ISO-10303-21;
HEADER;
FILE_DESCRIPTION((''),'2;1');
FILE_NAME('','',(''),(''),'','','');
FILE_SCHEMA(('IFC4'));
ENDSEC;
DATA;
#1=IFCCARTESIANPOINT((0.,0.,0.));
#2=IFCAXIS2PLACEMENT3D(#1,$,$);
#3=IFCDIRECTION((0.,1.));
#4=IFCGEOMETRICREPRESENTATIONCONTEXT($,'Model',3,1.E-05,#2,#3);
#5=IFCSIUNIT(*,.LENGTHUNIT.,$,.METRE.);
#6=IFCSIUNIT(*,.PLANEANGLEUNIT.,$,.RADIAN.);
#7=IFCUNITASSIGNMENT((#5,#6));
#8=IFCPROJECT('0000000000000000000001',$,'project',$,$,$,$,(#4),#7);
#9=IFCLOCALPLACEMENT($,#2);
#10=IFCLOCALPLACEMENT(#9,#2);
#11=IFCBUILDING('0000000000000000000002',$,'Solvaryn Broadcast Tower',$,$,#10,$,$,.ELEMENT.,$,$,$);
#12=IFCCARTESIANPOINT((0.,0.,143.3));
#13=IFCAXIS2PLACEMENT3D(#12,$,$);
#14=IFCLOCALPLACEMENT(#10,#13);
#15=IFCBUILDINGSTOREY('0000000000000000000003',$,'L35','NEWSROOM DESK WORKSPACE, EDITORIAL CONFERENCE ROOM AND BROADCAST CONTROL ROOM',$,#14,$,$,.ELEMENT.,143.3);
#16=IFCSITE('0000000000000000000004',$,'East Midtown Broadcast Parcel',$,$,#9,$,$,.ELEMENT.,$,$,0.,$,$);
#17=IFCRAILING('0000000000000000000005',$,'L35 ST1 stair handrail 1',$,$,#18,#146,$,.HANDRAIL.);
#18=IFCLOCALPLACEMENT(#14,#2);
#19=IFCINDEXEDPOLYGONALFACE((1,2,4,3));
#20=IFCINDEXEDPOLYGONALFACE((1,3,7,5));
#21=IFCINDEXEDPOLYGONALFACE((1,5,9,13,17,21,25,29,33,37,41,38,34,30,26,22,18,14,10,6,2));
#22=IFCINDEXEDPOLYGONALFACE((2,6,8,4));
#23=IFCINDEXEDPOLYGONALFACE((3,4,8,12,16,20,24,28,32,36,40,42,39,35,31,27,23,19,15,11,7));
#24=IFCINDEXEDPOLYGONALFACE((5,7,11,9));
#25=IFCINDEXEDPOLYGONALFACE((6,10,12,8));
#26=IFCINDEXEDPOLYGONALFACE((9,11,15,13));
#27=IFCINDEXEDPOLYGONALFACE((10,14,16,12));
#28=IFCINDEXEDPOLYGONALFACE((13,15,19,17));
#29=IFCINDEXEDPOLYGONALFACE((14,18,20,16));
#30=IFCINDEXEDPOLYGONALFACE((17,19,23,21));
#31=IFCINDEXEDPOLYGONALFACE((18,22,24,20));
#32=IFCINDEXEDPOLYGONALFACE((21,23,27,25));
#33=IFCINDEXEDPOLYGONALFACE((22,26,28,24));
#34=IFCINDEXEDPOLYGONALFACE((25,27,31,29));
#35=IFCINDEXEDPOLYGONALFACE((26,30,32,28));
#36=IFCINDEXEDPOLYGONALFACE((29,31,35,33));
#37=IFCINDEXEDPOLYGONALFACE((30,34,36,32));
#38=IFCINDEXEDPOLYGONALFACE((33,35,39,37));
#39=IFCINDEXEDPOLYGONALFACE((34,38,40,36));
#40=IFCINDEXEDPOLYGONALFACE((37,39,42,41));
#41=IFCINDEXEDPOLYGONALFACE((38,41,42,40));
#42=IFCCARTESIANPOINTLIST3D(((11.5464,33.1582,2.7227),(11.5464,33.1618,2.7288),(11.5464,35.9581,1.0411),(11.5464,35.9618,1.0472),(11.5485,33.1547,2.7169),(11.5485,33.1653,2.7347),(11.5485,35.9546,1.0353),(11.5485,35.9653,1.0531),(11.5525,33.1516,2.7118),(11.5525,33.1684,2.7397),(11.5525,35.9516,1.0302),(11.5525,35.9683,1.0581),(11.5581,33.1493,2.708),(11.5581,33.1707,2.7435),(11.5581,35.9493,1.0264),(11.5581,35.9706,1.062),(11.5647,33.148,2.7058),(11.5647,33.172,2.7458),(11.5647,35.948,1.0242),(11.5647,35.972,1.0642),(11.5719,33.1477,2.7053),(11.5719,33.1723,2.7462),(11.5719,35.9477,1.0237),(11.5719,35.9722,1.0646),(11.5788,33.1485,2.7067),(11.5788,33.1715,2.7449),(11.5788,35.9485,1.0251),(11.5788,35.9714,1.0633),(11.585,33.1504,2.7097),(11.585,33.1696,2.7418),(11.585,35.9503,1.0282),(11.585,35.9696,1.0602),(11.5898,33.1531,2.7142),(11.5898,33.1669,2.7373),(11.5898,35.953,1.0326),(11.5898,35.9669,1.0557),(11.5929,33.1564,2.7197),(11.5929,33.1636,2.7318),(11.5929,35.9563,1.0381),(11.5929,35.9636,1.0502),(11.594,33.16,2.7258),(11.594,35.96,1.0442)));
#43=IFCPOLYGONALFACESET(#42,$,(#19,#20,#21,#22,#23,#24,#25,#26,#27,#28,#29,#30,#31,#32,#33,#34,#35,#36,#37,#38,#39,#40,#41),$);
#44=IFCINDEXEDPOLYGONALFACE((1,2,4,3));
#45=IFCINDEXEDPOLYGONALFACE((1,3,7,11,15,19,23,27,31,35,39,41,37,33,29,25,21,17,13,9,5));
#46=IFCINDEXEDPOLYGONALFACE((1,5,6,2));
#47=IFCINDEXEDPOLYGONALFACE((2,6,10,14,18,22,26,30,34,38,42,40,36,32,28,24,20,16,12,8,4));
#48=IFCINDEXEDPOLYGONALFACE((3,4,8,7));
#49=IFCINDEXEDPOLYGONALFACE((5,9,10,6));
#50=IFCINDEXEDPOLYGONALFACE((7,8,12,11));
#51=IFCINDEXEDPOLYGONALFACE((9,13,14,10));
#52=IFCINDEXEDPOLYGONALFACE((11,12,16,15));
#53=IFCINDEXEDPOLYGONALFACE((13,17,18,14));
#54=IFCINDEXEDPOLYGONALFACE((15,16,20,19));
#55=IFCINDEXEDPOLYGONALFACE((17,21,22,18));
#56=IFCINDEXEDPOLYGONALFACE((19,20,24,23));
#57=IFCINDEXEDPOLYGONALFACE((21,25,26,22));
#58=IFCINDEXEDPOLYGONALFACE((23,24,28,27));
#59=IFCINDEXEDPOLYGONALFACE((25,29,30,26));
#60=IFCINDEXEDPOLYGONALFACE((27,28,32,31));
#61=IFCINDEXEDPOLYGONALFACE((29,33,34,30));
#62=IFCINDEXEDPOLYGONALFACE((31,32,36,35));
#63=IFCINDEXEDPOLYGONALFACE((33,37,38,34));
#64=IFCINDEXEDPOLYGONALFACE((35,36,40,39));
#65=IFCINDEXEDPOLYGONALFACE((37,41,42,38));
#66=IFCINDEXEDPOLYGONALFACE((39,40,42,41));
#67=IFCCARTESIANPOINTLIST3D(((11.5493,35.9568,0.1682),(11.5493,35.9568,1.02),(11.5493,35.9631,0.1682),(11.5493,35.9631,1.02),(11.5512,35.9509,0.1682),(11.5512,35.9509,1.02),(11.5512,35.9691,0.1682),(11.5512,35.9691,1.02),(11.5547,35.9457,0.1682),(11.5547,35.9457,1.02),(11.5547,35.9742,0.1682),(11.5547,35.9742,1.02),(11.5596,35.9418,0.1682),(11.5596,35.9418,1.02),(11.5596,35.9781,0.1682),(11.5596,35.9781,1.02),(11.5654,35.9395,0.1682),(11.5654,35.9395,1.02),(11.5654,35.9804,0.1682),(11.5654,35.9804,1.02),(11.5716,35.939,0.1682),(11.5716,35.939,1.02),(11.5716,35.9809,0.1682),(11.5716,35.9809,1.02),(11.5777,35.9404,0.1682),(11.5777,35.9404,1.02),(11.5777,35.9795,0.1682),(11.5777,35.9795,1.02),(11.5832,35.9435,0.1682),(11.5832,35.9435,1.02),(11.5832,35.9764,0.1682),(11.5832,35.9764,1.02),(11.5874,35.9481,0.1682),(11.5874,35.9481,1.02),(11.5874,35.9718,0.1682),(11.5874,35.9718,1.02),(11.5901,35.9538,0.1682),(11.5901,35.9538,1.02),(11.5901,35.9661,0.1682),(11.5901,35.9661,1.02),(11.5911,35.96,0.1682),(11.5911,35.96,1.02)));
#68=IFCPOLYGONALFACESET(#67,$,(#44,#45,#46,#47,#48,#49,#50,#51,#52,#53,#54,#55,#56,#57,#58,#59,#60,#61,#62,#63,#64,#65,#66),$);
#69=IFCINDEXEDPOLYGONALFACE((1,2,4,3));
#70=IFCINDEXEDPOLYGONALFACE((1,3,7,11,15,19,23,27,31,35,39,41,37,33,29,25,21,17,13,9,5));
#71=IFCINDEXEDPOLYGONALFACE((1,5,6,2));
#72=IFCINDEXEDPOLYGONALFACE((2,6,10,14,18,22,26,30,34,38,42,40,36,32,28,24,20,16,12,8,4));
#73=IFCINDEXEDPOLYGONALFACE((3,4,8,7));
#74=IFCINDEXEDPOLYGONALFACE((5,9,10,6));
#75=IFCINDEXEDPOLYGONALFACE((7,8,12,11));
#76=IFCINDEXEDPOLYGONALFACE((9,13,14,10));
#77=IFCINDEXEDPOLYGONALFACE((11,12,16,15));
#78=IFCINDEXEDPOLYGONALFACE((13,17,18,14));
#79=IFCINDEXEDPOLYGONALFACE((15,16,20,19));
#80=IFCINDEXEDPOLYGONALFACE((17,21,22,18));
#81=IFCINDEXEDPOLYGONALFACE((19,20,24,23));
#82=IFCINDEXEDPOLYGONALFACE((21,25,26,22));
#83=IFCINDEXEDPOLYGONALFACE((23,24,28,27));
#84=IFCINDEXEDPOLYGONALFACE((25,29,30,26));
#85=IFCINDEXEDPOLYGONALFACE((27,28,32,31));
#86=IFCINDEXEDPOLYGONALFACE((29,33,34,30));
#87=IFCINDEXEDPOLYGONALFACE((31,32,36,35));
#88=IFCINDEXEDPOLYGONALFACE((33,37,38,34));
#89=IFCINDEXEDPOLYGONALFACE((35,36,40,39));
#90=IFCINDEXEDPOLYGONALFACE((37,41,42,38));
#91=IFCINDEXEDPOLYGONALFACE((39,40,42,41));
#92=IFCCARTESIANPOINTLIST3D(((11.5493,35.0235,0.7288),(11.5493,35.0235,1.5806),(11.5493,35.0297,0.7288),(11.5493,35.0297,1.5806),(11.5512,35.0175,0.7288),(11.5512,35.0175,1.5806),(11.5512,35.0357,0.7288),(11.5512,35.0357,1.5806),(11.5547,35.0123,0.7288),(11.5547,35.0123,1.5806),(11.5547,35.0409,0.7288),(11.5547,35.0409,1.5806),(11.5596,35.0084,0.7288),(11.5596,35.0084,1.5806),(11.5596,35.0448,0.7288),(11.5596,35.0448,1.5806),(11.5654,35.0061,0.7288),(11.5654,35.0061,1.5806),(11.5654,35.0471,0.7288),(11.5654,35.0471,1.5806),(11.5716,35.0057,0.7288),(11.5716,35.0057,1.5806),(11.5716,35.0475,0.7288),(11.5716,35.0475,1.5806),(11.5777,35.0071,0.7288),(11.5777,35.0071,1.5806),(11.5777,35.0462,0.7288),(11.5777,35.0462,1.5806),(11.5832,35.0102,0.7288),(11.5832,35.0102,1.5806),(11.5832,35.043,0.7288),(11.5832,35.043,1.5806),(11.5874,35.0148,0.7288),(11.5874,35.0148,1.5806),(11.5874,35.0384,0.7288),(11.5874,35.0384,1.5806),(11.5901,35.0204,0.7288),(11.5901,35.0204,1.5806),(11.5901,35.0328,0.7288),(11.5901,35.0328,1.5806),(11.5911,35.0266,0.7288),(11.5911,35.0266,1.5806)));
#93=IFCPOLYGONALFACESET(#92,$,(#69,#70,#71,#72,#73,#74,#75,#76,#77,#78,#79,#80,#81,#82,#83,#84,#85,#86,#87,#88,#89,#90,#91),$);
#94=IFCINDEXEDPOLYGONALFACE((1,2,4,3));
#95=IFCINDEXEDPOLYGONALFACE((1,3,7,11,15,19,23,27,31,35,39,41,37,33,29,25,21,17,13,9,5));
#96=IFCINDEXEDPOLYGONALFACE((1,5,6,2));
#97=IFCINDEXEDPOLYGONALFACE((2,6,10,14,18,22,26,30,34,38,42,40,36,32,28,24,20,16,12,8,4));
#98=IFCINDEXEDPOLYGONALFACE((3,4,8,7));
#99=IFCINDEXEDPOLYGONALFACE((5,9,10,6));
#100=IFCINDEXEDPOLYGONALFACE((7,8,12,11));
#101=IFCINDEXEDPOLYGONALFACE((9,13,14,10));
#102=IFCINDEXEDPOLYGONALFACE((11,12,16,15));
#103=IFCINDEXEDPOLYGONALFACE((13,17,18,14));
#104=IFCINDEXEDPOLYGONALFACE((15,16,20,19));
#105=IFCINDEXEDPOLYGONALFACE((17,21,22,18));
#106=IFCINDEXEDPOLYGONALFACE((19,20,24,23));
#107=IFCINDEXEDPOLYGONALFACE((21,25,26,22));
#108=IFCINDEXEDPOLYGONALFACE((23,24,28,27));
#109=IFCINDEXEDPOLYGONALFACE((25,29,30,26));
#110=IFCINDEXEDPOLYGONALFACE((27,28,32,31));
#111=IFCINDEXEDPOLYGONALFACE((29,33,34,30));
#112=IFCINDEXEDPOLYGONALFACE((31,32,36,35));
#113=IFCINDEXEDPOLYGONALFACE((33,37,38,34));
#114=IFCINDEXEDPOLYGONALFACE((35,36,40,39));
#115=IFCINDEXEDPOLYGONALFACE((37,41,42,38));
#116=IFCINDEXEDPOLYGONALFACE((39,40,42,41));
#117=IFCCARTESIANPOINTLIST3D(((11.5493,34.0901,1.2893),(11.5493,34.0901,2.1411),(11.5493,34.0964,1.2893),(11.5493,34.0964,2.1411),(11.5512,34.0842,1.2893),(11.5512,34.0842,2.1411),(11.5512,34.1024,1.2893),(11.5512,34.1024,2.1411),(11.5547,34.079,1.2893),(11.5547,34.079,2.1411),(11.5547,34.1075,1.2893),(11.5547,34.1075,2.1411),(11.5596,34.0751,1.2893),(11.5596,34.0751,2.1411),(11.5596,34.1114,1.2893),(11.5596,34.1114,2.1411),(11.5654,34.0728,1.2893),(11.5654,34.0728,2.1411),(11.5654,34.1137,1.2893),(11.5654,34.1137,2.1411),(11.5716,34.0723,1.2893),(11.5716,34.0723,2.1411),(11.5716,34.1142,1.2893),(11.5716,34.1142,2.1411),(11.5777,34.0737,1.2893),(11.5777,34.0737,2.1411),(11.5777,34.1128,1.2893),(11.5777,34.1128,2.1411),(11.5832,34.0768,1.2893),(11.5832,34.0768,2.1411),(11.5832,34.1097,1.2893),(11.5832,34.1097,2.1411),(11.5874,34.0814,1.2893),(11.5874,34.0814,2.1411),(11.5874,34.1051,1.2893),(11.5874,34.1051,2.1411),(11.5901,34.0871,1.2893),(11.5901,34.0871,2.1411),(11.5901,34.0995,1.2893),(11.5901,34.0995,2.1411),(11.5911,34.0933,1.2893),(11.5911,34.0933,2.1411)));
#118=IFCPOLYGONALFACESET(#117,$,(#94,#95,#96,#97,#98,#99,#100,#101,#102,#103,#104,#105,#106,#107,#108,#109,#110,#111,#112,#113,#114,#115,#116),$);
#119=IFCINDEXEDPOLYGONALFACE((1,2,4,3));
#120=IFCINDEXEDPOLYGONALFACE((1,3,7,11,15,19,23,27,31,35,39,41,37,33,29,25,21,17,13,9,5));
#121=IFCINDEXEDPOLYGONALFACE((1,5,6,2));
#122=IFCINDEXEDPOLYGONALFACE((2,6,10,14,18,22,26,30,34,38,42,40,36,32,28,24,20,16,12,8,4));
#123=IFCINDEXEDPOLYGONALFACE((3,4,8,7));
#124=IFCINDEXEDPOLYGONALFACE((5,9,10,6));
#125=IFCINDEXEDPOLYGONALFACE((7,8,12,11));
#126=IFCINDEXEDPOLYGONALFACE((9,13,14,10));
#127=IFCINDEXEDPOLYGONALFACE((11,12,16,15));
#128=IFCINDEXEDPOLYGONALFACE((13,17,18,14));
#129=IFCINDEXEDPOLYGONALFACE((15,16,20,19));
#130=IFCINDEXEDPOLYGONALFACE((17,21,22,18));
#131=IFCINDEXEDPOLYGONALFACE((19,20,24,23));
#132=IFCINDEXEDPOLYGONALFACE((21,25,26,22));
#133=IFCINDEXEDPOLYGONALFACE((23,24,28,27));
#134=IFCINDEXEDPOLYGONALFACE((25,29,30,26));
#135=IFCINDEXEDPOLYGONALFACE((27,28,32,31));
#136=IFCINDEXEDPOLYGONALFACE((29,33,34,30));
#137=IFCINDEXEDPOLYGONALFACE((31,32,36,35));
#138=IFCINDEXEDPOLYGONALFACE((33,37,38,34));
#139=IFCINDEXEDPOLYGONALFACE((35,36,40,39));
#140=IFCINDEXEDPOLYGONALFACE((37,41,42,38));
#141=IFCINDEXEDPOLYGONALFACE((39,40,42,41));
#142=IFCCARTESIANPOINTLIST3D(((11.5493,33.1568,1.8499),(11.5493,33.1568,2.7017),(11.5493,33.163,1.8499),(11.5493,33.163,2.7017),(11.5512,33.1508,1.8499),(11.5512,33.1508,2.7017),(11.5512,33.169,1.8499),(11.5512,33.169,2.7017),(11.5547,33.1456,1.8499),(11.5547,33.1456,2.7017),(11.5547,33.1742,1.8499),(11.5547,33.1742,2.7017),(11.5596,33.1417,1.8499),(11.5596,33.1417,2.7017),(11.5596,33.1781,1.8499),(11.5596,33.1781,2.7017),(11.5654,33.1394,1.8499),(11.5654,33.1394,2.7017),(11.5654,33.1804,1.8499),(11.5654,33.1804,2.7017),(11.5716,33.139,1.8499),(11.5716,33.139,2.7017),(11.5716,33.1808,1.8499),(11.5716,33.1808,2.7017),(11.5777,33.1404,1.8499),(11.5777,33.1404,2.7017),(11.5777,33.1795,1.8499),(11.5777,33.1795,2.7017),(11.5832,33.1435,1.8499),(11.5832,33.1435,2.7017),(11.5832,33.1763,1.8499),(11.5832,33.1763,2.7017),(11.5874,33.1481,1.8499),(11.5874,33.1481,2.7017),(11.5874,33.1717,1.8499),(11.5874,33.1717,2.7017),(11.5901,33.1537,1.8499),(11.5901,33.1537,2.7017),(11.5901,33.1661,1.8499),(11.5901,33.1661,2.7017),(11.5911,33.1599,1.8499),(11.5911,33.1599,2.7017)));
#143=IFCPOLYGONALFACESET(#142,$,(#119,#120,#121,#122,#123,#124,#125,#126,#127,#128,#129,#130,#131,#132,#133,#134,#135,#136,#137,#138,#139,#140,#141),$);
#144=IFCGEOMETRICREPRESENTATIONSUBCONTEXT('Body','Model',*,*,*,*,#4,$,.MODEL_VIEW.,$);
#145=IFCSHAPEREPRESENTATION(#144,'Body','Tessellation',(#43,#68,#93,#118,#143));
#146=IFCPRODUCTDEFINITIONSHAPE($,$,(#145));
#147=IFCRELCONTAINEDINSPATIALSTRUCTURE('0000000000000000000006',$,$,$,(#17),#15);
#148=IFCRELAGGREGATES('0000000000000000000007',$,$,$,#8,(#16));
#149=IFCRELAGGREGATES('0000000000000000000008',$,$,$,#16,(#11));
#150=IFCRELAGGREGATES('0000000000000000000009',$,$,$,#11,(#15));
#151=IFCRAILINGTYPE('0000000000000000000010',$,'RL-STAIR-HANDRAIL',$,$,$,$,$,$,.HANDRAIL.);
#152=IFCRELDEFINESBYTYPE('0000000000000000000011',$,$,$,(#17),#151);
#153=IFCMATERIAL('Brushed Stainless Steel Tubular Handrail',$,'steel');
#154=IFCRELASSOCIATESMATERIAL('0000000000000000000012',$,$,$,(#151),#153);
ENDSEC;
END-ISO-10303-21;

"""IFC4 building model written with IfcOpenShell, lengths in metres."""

from ifc_helpers import new_model, si_unit, direction, frame, origin, origin_2d, place, context, subcontext, project, spatial, circle, extrude, material, type_object, element, save


model = new_model("IFC4")

# Units and contexts
model_context = context("Model", 3, precision=1e-05, world=origin(), true_north=direction((0.0, 1.0)))
body_context = subcontext(model_context, "Body", "Model", "MODEL_VIEW")
ifc_project = project(units=[si_unit("LENGTHUNIT", "METRE"), si_unit("PLANEANGLEUNIT", "RADIAN")], contexts=[model_context])

# Site, building, storey
site_placement = place(None, origin())
site = spatial("IfcSite", under=ifc_project, at=site_placement, Name="East Midtown Broadcast Parcel", CompositionType="ELEMENT", RefElevation=0.0)
building_placement = place(site_placement, origin())
building = spatial("IfcBuilding", under=site, at=building_placement, Name="Solvaryn Broadcast Tower", CompositionType="ELEMENT")
storey_placement = place(building_placement, frame((0.0, 0.0, 143.3)))
storey = spatial("IfcBuildingStorey", under=building, at=storey_placement, Name="L35", Description="NEWSROOM DESK WORKSPACE, EDITORIAL CONFERENCE ROOM AND BROADCAST CONTROL ROOM", CompositionType="ELEMENT", Elevation=143.3)

# Railing
ifc_material_1 = material(Name="Brushed Stainless Steel Tubular Handrail", Category="steel")
railing_type_1 = type_object("IfcRailingType", Name="RL-STAIR-HANDRAIL", PredefinedType="HANDRAIL", material=ifc_material_1)
railing_1_placement = place(storey_placement, frame((11.5701, 35.96, 0.1682)))
element("IfcRailing", 1, at=railing_1_placement, inside=storey, type_object=railing_type_1, Name="L35 ST1 stair handrail 1", PredefinedType="HANDRAIL", context=body_context, shape_type="SweptSolid", body=[
    extrude(circle(Radius=0.0239, at=origin_2d()), frame((0.0, 0.0, 0.876), z_axis=(0.0, -0.857275, 0.514858), x_axis=(1.0, 0.0, 0.0)), (0.0, 0.0, 1.0), 3.2661),
    extrude(circle(Radius=0.021, at=origin_2d()), origin(), (0.0, 0.0, 1.0), 0.8518),
    extrude(circle(Radius=0.021, at=origin_2d()), frame((0.0, -0.9333, 0.5605)), (0.0, 0.0, 1.0), 0.8518),
    extrude(circle(Radius=0.021, at=origin_2d()), frame((0.0, -1.8667, 1.1211)), (0.0, 0.0, 1.0), 0.8518),
    extrude(circle(Radius=0.021, at=origin_2d()), frame((0.0, -2.8, 1.6816)), (0.0, 0.0, 1.0), 0.8518),
])

save(model, "model.ifc")
